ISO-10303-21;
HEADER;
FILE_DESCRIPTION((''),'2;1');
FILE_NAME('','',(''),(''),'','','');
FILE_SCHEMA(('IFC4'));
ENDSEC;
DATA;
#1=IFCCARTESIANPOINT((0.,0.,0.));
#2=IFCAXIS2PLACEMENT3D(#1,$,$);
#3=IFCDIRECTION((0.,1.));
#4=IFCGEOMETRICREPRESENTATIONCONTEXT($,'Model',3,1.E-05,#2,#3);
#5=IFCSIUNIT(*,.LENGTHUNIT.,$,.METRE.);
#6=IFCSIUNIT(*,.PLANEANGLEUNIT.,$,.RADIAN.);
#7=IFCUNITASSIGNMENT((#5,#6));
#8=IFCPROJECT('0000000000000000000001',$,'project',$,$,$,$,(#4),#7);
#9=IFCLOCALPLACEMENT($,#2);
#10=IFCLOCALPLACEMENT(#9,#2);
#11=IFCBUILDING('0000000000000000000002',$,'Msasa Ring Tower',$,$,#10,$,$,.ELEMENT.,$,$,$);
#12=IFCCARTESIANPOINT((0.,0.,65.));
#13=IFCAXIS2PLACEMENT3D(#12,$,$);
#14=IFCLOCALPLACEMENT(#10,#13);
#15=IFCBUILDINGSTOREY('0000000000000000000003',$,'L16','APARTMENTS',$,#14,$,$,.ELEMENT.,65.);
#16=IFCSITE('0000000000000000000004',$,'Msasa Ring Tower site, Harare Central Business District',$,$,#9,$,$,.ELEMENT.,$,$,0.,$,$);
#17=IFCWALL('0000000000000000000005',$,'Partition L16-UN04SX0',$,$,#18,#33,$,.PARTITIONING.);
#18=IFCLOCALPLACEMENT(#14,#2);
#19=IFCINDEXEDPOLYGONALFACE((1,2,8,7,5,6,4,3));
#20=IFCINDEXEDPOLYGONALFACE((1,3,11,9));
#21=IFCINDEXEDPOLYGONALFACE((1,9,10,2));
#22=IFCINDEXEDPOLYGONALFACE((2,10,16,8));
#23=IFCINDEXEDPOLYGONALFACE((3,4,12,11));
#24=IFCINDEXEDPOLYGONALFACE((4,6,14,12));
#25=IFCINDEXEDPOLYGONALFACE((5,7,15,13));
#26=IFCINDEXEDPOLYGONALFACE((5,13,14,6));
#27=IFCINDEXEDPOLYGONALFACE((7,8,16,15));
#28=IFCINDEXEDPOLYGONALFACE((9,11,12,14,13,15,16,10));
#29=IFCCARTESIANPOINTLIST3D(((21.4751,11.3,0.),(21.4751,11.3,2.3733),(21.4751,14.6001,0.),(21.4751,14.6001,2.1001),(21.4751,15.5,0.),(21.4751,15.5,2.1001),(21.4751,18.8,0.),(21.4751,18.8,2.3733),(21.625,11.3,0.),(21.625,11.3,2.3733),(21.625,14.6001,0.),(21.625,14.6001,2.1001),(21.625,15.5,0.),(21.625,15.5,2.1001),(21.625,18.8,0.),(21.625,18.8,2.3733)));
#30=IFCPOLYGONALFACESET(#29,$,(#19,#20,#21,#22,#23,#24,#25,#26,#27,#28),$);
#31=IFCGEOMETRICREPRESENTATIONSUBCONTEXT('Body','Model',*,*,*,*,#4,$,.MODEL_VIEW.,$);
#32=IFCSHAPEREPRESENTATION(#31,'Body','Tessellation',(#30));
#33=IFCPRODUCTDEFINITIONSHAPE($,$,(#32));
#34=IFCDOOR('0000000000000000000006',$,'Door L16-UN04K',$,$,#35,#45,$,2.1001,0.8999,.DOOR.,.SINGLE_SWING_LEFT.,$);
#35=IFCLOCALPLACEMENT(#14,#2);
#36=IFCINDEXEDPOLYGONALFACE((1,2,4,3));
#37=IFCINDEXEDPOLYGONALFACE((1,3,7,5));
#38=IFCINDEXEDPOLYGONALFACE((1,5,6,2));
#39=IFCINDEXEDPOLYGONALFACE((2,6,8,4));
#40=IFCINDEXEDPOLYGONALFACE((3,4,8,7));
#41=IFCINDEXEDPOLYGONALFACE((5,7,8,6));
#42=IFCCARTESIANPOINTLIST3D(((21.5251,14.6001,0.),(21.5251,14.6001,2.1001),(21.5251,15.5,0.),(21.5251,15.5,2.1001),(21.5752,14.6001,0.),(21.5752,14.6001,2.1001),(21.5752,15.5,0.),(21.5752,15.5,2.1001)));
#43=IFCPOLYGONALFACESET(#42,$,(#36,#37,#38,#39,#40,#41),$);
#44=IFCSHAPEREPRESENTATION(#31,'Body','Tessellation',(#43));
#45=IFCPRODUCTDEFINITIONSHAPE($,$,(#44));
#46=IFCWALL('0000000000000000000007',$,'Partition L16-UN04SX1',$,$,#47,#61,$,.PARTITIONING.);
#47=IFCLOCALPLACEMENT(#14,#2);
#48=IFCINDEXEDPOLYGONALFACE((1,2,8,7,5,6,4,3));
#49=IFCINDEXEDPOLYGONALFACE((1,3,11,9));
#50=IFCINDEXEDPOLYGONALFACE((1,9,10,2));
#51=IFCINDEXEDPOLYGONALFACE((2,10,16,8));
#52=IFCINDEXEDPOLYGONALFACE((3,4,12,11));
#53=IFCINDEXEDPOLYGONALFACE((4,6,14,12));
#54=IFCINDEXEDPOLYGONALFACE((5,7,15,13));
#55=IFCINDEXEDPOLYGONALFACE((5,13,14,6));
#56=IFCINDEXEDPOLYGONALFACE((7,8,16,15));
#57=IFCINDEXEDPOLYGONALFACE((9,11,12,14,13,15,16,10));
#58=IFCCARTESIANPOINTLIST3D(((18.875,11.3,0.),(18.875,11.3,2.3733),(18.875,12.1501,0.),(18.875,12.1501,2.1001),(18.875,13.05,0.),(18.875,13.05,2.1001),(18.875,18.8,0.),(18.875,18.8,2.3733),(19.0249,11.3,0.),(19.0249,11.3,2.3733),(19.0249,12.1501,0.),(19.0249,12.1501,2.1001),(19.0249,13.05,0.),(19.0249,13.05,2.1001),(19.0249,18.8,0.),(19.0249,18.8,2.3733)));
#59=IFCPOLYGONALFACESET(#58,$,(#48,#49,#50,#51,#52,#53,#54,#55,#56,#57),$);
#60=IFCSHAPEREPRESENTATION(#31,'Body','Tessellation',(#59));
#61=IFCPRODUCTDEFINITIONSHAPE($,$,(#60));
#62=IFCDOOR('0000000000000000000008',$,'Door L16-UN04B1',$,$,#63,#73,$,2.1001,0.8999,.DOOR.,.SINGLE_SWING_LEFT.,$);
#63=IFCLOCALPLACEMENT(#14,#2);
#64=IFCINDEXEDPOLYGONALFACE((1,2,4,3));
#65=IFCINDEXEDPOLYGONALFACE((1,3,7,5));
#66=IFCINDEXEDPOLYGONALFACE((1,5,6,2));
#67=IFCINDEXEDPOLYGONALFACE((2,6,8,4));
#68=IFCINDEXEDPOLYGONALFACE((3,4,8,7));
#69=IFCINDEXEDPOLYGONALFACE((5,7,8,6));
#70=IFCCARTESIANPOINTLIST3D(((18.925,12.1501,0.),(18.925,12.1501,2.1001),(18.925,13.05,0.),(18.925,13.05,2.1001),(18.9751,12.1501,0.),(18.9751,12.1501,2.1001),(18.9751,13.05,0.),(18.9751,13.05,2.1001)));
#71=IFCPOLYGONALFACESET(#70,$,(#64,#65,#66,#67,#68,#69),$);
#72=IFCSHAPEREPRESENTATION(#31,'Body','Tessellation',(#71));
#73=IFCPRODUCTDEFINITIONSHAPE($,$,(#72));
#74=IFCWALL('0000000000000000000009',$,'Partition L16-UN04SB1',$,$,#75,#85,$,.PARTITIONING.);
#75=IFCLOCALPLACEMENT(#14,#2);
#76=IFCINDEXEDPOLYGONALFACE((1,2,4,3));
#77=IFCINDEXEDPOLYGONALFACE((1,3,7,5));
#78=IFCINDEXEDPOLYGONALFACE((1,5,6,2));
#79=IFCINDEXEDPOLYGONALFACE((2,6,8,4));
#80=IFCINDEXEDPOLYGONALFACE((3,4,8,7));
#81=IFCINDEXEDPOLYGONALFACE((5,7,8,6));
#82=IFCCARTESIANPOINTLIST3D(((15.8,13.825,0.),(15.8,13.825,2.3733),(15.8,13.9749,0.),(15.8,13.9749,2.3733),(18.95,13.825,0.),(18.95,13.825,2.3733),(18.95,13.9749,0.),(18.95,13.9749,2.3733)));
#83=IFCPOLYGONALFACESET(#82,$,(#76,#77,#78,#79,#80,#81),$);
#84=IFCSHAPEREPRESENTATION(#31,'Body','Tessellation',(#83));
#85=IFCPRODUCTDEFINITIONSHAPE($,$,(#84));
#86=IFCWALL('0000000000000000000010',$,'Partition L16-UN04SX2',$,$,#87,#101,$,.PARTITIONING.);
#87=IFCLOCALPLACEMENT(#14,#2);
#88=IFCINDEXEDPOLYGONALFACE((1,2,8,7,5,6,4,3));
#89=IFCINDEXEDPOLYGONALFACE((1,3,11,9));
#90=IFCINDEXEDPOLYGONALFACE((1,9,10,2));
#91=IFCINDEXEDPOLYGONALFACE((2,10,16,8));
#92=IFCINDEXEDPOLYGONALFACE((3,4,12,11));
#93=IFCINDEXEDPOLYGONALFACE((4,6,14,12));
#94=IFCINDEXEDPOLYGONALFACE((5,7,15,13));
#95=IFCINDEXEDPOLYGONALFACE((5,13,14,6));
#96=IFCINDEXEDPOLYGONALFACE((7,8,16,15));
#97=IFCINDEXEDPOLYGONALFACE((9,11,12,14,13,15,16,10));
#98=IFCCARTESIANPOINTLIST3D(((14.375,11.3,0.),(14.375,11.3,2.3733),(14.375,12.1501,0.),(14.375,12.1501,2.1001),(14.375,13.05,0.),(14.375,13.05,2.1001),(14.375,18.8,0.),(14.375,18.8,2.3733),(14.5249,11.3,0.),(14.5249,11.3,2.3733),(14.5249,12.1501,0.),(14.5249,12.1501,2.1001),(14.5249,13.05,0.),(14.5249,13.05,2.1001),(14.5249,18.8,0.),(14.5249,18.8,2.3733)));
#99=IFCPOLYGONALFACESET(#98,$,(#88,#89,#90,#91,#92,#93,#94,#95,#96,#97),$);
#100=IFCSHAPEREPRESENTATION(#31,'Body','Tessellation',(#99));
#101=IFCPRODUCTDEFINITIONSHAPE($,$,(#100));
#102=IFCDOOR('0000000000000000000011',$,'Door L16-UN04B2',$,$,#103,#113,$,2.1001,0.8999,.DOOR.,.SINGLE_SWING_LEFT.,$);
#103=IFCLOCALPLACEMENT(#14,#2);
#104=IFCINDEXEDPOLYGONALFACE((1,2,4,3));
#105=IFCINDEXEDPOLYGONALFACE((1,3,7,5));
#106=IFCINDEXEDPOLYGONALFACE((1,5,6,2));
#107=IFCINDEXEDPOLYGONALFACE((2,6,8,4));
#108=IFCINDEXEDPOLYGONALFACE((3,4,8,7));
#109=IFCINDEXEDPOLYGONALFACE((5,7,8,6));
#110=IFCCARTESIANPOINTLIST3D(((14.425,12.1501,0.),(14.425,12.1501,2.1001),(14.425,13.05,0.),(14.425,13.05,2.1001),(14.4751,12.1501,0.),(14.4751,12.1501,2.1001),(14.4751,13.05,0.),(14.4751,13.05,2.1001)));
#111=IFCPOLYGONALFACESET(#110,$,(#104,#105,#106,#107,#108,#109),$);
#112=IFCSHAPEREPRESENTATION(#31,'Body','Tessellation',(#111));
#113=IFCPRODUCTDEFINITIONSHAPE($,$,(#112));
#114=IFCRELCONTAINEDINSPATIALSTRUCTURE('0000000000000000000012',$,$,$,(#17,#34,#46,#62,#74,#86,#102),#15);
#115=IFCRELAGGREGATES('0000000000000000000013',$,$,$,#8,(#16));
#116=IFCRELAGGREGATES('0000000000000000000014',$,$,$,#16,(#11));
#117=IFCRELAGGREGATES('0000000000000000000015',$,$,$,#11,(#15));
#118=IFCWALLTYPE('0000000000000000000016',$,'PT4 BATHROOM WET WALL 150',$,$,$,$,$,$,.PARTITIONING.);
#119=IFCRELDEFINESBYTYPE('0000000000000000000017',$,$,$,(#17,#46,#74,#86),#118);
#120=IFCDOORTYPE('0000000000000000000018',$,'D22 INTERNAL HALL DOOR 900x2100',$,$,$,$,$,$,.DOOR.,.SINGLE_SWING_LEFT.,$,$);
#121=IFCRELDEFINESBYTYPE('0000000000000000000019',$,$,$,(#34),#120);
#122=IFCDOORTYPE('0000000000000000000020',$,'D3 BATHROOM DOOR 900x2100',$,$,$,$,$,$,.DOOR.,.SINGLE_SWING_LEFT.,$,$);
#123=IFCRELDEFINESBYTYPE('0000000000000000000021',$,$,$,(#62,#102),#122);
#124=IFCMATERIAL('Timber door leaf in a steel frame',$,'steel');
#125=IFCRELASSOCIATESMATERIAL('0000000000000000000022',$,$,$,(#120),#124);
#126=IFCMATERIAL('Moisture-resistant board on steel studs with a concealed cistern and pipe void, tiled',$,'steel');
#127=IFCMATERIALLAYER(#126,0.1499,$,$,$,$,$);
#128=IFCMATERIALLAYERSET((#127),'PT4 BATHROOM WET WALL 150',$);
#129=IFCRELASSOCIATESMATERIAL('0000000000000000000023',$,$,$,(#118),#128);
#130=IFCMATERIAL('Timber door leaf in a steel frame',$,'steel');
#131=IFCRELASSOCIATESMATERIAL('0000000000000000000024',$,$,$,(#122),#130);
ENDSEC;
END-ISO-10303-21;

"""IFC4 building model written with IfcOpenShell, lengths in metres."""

from ifc_helpers import new_model, si_unit, direction, frame, frame_2d, origin, place, context, subcontext, project, spatial, rectangle, extrude, material, layer, layer_set, type_object, element, fill, save


model = new_model("IFC4")

# Units and contexts
model_context = context("Model", 3, precision=1e-05, world=origin(), true_north=direction((0.0, 1.0)))
body_context = subcontext(model_context, "Body", "Model", "MODEL_VIEW")
ifc_project = project(units=[si_unit("LENGTHUNIT", "METRE"), si_unit("PLANEANGLEUNIT", "RADIAN")], contexts=[model_context])

# Site, building, storey
site_placement = place(None, origin())
site = spatial("IfcSite", under=ifc_project, at=site_placement, Name="Msasa Ring Tower site, Harare Central Business District", CompositionType="ELEMENT", RefElevation=0.0)
building_placement = place(site_placement, origin())
building = spatial("IfcBuilding", under=site, at=building_placement, Name="Msasa Ring Tower", CompositionType="ELEMENT")
storey_placement = place(building_placement, frame((0.0, 0.0, 65.0)))
storey = spatial("IfcBuildingStorey", under=building, at=storey_placement, Name="L16", Description="APARTMENTS", CompositionType="ELEMENT", Elevation=65.0)

# Shared definitions
ifc_material_1 = material(Name="Timber door leaf in a steel frame", Category="steel")
door_type_1 = type_object("IfcDoorType", Name="D22 INTERNAL HALL DOOR 900x2100", OperationType="SINGLE_SWING_LEFT", PredefinedType="DOOR", material=ifc_material_1)

# Walls, openings, doors
ifc_material_2 = material(Name="Moisture-resistant board on steel studs with a concealed cistern and pipe void, tiled", Category="steel")
ifc_layer_1 = layer(ifc_material_2, 0.1499)
ifc_layer_set_1 = layer_set([ifc_layer_1], Name="PT4 BATHROOM WET WALL 150")
wall_type_1 = type_object("IfcWallType", Name="PT4 BATHROOM WET WALL 150", PredefinedType="PARTITIONING", material=ifc_layer_set_1)
wall_1_placement = place(storey_placement, frame((21.55, 11.3, 0.0), z_axis=(0.0, 0.0, 1.0), x_axis=(0.0, 1.0, 0.0)))
wall_1 = element("IfcWall", 1, at=wall_1_placement, inside=storey, type_object=wall_type_1, Name="Partition L16-UN04SX0", PredefinedType="PARTITIONING", context=body_context, shape_type="SweptSolid", body=[
    extrude(rectangle(XDim=7.5, YDim=0.1499, at=frame_2d((3.75, 0.0))), origin(), (0.0, 0.0, 1.0), 2.3733),
])
opening_1_placement = place(wall_1_placement, frame((3.3, 0.0, 0.0)))
opening_1 = element("IfcOpeningElement", 2, at=opening_1_placement, cuts=wall_1, PredefinedType="OPENING", context=body_context, shape_type="SweptSolid", body=[
    extrude(rectangle(XDim=0.8999, YDim=2.1001, at=frame_2d((0.45, 1.05))), frame((0.0, 0.085, 0.0), z_axis=(0.0, -1.0, 0.0), x_axis=(1.0, 0.0, 0.0)), (0.0, 0.0, 1.0), 0.1699),
])
door_1_placement = place(opening_1_placement, origin())
door_1 = element("IfcDoor", 3, at=door_1_placement, inside=storey, type_object=door_type_1, Name="Door L16-UN04K", OperationType="SINGLE_SWING_LEFT", OverallHeight=2.1001, OverallWidth=0.8999, PredefinedType="DOOR", context=body_context, shape_type="SweptSolid", body=[
    extrude(rectangle(XDim=0.8999, YDim=2.1001, at=frame_2d((0.45, 1.05))), frame((0.0, 0.0249, 0.0), z_axis=(0.0, -1.0, 0.0), x_axis=(1.0, 0.0, 0.0)), (0.0, 0.0, 1.0), 0.05),
])
fill(opening_1, door_1)
wall_2_placement = place(storey_placement, frame((18.95, 11.3, 0.0), z_axis=(0.0, 0.0, 1.0), x_axis=(0.0, 1.0, 0.0)))
wall_2 = element("IfcWall", 4, at=wall_2_placement, inside=storey, type_object=wall_type_1, Name="Partition L16-UN04SX1", PredefinedType="PARTITIONING", context=body_context, shape_type="SweptSolid", body=[
    extrude(rectangle(XDim=7.5, YDim=0.1499, at=frame_2d((3.75, 0.0))), origin(), (0.0, 0.0, 1.0), 2.3733),
])
opening_2_placement = place(wall_2_placement, frame((0.8501, 0.0, 0.0)))
opening_2 = element("IfcOpeningElement", 5, at=opening_2_placement, cuts=wall_2, PredefinedType="OPENING", context=body_context, shape_type="SweptSolid", body=[
    extrude(rectangle(XDim=0.8999, YDim=2.1001, at=frame_2d((0.45, 1.05))), frame((0.0, 0.085, 0.0), z_axis=(0.0, -1.0, 0.0), x_axis=(1.0, 0.0, 0.0)), (0.0, 0.0, 1.0), 0.1699),
])
ifc_material_3 = material(Name="Timber door leaf in a steel frame", Category="steel")
door_type_2 = type_object("IfcDoorType", Name="D3 BATHROOM DOOR 900x2100", OperationType="SINGLE_SWING_LEFT", PredefinedType="DOOR", material=ifc_material_3)
door_2_placement = place(opening_2_placement, origin())
door_2 = element("IfcDoor", 6, at=door_2_placement, inside=storey, type_object=door_type_2, Name="Door L16-UN04B1", OperationType="SINGLE_SWING_LEFT", OverallHeight=2.1001, OverallWidth=0.8999, PredefinedType="DOOR", context=body_context, shape_type="SweptSolid", body=[
    extrude(rectangle(XDim=0.8999, YDim=2.1001, at=frame_2d((0.45, 1.05))), frame((0.0, 0.0249, 0.0), z_axis=(0.0, -1.0, 0.0), x_axis=(1.0, 0.0, 0.0)), (0.0, 0.0, 1.0), 0.05),
])
fill(opening_2, door_2)

# Wall
wall_3_placement = place(storey_placement, frame((15.8, 13.8999, 0.0), z_axis=(0.0, 0.0, 1.0), x_axis=(1.0, 0.0, 0.0)))
element("IfcWall", 7, at=wall_3_placement, inside=storey, type_object=wall_type_1, Name="Partition L16-UN04SB1", PredefinedType="PARTITIONING", context=body_context, shape_type="SweptSolid", body=[
    extrude(rectangle(XDim=3.1499, YDim=0.1499, at=frame_2d((1.575, 0.0))), origin(), (0.0, 0.0, 1.0), 2.3733),
])

# Wall, opening, door
wall_4_placement = place(storey_placement, frame((14.45, 11.3, 0.0), z_axis=(0.0, 0.0, 1.0), x_axis=(0.0, 1.0, 0.0)))
wall_4 = element("IfcWall", 8, at=wall_4_placement, inside=storey, type_object=wall_type_1, Name="Partition L16-UN04SX2", PredefinedType="PARTITIONING", context=body_context, shape_type="SweptSolid", body=[
    extrude(rectangle(XDim=7.5, YDim=0.1499, at=frame_2d((3.75, 0.0))), origin(), (0.0, 0.0, 1.0), 2.3733),
])
opening_3_placement = place(wall_4_placement, frame((0.8501, 0.0, 0.0)))
opening_3 = element("IfcOpeningElement", 9, at=opening_3_placement, cuts=wall_4, PredefinedType="OPENING", context=body_context, shape_type="SweptSolid", body=[
    extrude(rectangle(XDim=0.8999, YDim=2.1001, at=frame_2d((0.45, 1.05))), frame((0.0, 0.085, 0.0), z_axis=(0.0, -1.0, 0.0), x_axis=(1.0, 0.0, 0.0)), (0.0, 0.0, 1.0), 0.1699),
])
door_3_placement = place(opening_3_placement, origin())
door_3 = element("IfcDoor", 10, at=door_3_placement, inside=storey, type_object=door_type_2, Name="Door L16-UN04B2", OperationType="SINGLE_SWING_LEFT", OverallHeight=2.1001, OverallWidth=0.8999, PredefinedType="DOOR", context=body_context, shape_type="SweptSolid", body=[
    extrude(rectangle(XDim=0.8999, YDim=2.1001, at=frame_2d((0.45, 1.05))), frame((0.0, 0.0249, 0.0), z_axis=(0.0, -1.0, 0.0), x_axis=(1.0, 0.0, 0.0)), (0.0, 0.0, 1.0), 0.05),
])
fill(opening_3, door_3)

save(model, "model.ifc")
